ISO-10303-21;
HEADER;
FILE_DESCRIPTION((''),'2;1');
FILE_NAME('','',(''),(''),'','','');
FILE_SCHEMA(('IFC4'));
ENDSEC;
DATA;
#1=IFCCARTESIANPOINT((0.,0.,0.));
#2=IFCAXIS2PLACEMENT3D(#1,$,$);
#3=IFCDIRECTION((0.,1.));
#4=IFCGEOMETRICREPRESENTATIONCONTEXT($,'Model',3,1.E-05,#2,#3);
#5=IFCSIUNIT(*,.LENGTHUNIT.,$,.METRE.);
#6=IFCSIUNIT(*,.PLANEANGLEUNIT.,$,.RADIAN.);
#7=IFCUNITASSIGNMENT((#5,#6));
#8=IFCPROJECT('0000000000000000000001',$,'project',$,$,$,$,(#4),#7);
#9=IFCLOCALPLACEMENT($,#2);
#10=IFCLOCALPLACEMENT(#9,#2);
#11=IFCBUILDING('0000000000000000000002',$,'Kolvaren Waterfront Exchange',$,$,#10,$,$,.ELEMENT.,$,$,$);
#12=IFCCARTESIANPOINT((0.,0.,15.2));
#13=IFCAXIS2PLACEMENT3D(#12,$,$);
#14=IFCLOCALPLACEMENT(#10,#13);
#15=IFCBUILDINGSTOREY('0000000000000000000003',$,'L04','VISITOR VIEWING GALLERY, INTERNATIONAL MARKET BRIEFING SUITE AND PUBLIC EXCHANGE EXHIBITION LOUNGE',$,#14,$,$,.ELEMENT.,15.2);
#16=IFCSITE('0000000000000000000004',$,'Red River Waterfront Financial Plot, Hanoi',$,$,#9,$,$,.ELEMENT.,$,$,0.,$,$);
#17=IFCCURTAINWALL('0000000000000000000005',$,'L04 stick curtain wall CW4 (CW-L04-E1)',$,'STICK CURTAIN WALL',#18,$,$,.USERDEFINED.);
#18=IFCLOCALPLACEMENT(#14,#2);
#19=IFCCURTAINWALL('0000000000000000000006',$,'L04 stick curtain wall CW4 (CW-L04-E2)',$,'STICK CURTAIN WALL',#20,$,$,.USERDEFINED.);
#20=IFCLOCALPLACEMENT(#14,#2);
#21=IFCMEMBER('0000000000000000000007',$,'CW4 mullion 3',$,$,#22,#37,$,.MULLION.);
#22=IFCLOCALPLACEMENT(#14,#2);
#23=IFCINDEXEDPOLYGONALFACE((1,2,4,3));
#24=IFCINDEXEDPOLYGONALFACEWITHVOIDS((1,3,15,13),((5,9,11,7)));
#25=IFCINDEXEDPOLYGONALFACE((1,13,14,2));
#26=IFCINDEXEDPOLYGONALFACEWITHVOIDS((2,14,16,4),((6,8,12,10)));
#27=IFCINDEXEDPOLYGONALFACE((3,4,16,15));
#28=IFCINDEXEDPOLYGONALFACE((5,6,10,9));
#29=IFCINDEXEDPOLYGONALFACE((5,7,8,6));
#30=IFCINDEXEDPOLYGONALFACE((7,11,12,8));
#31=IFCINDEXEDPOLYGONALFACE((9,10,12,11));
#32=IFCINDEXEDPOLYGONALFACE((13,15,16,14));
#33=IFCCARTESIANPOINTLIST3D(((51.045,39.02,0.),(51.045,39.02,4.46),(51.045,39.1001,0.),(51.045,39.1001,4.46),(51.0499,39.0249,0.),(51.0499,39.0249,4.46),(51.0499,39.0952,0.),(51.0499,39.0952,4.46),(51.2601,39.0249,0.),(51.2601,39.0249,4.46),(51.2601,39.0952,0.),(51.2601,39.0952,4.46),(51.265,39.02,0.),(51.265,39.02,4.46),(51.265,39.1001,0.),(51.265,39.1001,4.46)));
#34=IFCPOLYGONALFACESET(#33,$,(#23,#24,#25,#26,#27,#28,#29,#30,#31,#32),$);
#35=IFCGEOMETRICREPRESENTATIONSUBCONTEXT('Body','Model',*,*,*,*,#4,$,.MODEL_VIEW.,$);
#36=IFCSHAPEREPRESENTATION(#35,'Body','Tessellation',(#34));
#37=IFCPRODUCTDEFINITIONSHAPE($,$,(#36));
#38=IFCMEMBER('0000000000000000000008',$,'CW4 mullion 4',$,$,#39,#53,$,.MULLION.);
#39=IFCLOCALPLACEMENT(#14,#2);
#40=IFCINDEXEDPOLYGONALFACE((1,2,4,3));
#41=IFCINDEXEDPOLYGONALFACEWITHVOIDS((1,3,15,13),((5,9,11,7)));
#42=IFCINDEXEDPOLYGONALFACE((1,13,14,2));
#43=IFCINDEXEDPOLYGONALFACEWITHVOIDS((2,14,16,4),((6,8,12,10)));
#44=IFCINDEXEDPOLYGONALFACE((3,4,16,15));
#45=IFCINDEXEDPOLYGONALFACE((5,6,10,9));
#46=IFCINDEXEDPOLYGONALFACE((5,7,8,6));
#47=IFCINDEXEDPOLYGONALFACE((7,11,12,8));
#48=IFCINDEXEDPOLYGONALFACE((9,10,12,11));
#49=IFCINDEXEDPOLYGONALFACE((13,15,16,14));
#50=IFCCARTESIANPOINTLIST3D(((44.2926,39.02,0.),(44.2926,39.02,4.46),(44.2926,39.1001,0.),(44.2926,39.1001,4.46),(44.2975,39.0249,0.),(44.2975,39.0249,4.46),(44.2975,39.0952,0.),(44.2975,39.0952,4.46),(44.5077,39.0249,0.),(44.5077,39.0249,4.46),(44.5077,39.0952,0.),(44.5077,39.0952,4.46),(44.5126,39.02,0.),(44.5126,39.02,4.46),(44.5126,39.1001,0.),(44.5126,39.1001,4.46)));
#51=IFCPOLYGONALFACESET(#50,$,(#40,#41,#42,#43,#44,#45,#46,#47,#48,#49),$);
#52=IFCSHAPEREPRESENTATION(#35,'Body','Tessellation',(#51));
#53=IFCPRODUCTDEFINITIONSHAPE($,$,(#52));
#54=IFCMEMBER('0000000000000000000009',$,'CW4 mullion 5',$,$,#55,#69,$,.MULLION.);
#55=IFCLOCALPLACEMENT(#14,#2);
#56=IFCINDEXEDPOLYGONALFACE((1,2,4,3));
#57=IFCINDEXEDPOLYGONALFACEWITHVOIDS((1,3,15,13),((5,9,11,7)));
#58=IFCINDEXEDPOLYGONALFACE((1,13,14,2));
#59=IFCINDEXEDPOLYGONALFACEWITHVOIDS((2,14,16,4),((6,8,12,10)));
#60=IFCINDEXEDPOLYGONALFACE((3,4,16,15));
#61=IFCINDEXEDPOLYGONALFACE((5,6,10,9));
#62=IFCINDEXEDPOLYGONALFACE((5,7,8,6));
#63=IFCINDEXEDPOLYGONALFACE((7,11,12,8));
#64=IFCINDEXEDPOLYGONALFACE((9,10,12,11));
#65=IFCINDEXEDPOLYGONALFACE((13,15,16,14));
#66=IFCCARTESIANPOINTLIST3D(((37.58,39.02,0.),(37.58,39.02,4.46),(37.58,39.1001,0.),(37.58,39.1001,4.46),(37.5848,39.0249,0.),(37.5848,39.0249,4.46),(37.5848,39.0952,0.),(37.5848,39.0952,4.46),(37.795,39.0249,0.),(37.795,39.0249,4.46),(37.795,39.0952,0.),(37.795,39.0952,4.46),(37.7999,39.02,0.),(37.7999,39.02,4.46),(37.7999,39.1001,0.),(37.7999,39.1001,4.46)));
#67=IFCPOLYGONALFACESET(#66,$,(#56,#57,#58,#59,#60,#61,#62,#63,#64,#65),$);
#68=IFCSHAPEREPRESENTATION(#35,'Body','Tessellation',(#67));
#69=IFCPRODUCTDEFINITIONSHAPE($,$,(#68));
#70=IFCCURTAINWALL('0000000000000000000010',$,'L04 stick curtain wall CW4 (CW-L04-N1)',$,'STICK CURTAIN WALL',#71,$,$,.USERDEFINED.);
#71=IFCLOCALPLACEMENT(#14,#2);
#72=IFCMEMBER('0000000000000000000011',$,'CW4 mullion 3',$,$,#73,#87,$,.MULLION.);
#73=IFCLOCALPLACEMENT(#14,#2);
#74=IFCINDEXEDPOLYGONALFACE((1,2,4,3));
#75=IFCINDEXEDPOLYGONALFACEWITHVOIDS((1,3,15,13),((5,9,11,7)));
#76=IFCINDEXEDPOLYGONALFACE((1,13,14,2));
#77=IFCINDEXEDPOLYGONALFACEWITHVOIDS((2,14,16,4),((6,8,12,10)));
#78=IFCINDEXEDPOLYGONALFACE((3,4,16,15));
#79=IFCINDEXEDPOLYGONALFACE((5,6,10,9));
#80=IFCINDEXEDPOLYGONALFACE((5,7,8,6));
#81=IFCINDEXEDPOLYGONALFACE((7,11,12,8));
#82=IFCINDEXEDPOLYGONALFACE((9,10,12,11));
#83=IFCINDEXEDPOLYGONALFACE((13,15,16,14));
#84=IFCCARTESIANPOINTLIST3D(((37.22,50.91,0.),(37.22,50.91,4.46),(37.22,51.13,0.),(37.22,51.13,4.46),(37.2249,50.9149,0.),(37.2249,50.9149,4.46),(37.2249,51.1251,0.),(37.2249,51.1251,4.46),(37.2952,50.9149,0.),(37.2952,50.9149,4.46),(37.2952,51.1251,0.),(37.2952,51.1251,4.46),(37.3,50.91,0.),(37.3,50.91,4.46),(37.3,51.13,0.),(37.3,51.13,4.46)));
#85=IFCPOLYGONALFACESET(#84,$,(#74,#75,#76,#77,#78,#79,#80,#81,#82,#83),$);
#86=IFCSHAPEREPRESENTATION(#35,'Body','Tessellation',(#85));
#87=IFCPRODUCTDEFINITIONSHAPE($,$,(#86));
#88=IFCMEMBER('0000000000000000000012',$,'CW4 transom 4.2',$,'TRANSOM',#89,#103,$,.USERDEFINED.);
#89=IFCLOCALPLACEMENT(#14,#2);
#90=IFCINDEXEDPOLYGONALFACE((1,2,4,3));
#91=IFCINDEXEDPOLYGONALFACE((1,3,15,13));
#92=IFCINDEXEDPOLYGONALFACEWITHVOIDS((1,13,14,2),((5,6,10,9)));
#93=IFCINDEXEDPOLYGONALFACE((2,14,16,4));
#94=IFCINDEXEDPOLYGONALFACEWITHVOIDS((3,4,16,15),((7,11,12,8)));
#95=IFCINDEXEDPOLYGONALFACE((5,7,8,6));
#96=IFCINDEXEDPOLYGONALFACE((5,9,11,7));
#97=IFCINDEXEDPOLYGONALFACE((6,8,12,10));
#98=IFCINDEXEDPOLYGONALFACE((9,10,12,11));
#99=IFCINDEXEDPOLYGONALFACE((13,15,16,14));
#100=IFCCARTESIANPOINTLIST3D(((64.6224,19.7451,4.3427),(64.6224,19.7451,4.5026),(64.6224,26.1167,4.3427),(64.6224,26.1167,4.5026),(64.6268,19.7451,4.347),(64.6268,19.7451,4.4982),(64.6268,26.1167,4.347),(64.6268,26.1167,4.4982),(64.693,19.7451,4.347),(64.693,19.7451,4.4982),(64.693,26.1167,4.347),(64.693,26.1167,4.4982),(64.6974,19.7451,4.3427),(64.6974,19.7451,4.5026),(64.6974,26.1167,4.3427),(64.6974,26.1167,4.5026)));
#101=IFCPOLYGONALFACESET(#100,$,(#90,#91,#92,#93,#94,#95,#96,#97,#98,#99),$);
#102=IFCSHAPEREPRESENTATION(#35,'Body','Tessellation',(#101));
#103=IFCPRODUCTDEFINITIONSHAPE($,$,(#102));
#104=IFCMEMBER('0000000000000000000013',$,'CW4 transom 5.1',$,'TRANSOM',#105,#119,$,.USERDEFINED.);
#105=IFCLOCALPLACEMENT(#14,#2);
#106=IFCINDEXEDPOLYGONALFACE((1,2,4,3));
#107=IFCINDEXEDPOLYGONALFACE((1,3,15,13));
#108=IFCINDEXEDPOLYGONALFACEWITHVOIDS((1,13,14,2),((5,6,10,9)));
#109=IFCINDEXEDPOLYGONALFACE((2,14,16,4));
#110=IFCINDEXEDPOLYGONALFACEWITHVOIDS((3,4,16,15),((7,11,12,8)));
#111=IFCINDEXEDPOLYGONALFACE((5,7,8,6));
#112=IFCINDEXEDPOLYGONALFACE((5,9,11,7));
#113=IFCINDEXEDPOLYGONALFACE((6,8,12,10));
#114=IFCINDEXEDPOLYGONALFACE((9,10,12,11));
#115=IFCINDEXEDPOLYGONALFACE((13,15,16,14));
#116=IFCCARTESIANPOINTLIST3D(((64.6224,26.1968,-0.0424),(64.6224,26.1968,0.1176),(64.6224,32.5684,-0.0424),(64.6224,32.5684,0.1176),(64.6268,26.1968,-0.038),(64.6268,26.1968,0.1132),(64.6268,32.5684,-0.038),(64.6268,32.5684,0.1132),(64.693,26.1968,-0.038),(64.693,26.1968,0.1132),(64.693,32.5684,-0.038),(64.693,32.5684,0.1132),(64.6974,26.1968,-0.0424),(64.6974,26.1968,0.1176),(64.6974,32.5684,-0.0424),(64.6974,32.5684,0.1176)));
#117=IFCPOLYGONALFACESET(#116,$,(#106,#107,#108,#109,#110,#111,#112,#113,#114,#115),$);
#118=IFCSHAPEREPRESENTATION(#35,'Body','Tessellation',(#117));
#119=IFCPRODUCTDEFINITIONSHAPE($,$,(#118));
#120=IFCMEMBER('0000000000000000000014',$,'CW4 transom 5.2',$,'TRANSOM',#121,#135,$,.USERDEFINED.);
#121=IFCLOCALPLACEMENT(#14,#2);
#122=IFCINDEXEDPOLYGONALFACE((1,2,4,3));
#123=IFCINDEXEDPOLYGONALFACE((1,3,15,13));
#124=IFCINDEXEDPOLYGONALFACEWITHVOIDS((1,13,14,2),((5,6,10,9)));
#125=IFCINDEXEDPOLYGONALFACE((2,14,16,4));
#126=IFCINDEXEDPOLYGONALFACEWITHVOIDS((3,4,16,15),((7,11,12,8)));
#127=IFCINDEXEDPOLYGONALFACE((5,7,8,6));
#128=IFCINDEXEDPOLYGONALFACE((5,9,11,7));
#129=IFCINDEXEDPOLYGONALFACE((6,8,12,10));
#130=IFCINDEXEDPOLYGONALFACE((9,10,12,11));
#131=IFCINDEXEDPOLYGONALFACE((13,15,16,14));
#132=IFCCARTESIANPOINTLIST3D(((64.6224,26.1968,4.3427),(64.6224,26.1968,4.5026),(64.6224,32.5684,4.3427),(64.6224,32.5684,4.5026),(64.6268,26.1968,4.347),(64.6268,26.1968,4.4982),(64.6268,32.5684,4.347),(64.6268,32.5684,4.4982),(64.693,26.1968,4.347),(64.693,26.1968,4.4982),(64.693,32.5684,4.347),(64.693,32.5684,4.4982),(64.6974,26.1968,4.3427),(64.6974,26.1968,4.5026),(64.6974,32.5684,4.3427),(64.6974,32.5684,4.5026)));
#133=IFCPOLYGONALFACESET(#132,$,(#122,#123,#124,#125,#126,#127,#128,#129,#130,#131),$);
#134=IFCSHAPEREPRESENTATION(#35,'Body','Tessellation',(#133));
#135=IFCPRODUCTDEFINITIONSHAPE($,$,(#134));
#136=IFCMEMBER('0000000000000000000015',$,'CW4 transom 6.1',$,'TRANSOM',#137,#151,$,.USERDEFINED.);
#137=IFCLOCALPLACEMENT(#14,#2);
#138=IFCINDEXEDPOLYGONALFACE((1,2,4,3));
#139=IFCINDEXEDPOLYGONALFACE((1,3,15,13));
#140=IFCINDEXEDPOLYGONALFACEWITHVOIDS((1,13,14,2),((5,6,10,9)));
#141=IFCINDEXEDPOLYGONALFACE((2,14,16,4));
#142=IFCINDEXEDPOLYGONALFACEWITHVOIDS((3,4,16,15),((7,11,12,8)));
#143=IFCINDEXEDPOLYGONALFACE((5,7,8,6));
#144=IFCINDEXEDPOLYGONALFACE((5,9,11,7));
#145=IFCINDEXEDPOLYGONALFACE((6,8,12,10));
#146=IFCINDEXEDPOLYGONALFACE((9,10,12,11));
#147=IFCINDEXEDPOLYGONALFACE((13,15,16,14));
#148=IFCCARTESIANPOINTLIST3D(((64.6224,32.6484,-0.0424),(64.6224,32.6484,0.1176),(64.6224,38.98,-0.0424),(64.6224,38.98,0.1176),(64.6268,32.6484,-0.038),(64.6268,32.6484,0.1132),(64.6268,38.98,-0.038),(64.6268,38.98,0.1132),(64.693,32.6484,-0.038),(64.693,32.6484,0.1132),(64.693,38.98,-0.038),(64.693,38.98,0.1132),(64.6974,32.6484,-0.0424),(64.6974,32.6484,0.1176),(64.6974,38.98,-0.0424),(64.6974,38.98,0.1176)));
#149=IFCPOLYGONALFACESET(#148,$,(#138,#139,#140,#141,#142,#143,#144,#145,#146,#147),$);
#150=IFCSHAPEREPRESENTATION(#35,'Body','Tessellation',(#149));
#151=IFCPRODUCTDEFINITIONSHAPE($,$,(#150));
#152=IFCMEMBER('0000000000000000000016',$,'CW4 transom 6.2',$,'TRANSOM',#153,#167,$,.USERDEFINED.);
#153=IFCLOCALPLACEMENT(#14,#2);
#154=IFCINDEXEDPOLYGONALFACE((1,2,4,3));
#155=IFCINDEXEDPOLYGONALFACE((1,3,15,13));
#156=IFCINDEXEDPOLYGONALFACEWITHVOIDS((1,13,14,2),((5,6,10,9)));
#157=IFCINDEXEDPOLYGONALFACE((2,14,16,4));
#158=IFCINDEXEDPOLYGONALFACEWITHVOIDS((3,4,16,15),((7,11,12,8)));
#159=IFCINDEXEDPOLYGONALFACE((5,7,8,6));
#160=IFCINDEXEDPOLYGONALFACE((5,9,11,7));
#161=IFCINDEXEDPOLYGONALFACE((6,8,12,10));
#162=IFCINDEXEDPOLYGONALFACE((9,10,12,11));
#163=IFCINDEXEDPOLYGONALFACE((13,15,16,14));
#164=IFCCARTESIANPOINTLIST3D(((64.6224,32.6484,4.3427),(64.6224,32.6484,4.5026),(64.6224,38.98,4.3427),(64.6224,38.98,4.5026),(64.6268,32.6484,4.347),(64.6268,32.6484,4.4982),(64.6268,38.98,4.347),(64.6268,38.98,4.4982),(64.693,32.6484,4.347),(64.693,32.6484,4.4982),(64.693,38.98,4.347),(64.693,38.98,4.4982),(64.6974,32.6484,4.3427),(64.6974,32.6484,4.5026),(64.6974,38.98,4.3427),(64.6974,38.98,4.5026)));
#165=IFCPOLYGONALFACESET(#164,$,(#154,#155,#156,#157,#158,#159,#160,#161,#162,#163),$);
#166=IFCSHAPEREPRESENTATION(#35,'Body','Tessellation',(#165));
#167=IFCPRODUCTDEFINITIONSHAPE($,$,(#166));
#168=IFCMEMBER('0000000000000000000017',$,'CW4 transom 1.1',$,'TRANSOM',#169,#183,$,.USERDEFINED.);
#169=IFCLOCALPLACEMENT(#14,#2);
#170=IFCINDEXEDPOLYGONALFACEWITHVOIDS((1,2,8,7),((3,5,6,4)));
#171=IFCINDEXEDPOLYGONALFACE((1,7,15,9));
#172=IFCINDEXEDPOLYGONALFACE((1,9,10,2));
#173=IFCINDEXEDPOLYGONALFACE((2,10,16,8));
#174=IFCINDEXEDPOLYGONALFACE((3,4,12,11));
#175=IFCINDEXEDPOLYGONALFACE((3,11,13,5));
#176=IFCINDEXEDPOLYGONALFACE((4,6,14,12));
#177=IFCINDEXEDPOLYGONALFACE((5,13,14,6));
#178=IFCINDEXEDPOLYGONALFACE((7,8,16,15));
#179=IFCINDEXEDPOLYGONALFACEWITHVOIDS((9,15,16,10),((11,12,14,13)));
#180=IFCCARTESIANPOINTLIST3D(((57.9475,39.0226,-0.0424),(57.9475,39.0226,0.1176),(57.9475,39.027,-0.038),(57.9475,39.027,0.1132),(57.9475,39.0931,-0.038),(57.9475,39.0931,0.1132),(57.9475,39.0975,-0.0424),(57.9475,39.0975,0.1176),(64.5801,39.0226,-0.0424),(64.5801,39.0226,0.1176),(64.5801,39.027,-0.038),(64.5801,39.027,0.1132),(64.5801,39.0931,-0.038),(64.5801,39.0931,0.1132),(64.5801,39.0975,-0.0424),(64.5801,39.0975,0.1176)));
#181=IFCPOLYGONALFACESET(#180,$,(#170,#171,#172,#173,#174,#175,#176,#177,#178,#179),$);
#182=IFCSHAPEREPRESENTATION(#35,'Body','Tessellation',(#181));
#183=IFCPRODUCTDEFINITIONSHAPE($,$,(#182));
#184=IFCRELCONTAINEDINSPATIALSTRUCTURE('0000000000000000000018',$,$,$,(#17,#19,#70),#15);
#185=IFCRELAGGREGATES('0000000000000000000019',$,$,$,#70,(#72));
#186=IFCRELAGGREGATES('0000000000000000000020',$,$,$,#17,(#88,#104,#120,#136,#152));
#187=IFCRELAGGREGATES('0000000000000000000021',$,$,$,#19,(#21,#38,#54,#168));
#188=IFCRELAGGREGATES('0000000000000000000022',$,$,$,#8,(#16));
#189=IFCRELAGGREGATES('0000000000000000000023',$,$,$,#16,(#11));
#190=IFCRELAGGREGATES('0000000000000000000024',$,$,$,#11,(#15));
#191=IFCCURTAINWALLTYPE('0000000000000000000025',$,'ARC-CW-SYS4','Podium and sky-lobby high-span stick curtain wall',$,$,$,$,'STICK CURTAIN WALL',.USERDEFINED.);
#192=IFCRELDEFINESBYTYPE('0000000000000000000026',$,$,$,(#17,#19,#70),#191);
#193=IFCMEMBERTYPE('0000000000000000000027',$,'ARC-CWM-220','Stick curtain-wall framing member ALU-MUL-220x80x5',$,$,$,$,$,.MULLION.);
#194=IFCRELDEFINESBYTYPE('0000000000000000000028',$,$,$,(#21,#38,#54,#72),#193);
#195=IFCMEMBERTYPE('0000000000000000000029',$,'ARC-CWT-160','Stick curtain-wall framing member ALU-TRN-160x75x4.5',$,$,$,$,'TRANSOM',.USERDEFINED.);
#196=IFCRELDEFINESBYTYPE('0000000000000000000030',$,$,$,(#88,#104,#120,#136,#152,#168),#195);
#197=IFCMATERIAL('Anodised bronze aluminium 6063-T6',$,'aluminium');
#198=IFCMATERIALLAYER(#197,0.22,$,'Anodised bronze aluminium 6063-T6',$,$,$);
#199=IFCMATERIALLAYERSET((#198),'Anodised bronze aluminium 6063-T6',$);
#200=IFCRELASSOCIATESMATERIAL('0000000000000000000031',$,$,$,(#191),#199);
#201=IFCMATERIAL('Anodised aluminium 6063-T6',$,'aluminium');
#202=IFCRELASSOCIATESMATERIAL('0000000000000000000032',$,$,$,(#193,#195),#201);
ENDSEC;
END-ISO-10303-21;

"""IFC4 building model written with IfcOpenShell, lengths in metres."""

from ifc_helpers import new_model, si_unit, direction, frame, origin, origin_with_axes, origin_2d, place, context, subcontext, project, spatial, hollow_rectangle, extrude, source, transform, mapped, material, layer, layer_set, material_profile, profile_set, type_object, element, aggregate, save


model = new_model("IFC4")

# Units and contexts
model_context = context("Model", 3, precision=1e-05, world=origin(), true_north=direction((0.0, 1.0)))
body_context = subcontext(model_context, "Body", "Model", "MODEL_VIEW")
ifc_project = project(units=[si_unit("LENGTHUNIT", "METRE"), si_unit("PLANEANGLEUNIT", "RADIAN")], contexts=[model_context])

# Site, building, storey
site_placement = place(None, origin())
site = spatial("IfcSite", under=ifc_project, at=site_placement, Name="Red River Waterfront Financial Plot, Hanoi", CompositionType="ELEMENT", RefElevation=0.0)
building_placement = place(site_placement, origin())
building = spatial("IfcBuilding", under=site, at=building_placement, Name="Kolvaren Waterfront Exchange", CompositionType="ELEMENT")
storey_placement = place(building_placement, frame((0.0, 0.0, 15.2)))
storey = spatial("IfcBuildingStorey", under=building, at=storey_placement, Name="L04", Description="VISITOR VIEWING GALLERY, INTERNATIONAL MARKET BRIEFING SUITE AND PUBLIC EXCHANGE EXHIBITION LOUNGE", CompositionType="ELEMENT", Elevation=15.2)

# Curtain walls, members
ifc_material_1 = material(Name="Anodised bronze aluminium 6063-T6", Category="aluminium")
ifc_layer_1 = layer(ifc_material_1, 0.22, Name="Anodised bronze aluminium 6063-T6")
ifc_layer_set_1 = layer_set([ifc_layer_1], Name="Anodised bronze aluminium 6063-T6")
curtain_wall_type = type_object("IfcCurtainWallType", Name="ARC-CW-SYS4", Description="Podium and sky-lobby high-span stick curtain wall", ElementType="STICK CURTAIN WALL", PredefinedType="USERDEFINED", material=ifc_layer_set_1)
curtain_wall_1_placement = place(storey_placement, origin())
curtain_wall_1 = element("IfcCurtainWall", 1, at=curtain_wall_1_placement, inside=storey, type_object=curtain_wall_type, Name="L04 stick curtain wall CW4 (CW-L04-E1)", ObjectType="STICK CURTAIN WALL", PredefinedType="USERDEFINED")
ifc_material_2 = material(Name="Anodised aluminium 6063-T6", Category="aluminium")
ifc_material_profile_1 = material_profile(ifc_material_2, hollow_rectangle(XDim=0.0801, YDim=0.22, WallThickness=0.0049, at=origin_2d()), Name="ALU-MUL-220x80x5")
ifc_profile_set_1 = profile_set([ifc_material_profile_1], Name="Anodised aluminium 6063-T6")
member_type_1 = type_object("IfcMemberType", Name="ARC-CWM-220", Description="Stick curtain-wall framing member ALU-MUL-220x80x5", PredefinedType="MULLION", material=ifc_profile_set_1)
shared_shape_1 = source(origin_with_axes(), body_context, "Body", "SweptSolid", [
    extrude(hollow_rectangle(XDim=0.0801, YDim=0.22, WallThickness=0.0049, at=origin_2d()), origin(), (0.0, 0.0, 1.0), 4.46),
])
curtain_wall_2_placement = place(storey_placement, origin())
curtain_wall_2 = element("IfcCurtainWall", 2, at=curtain_wall_2_placement, inside=storey, type_object=curtain_wall_type, Name="L04 stick curtain wall CW4 (CW-L04-E2)", ObjectType="STICK CURTAIN WALL", PredefinedType="USERDEFINED")
member_1_placement = place(storey_placement, frame((51.155, 39.0601, 0.0), z_axis=(0.0, 0.0, 1.0), x_axis=(0.0, -1.0, 0.0)))
member_1 = element("IfcMember", 3, at=member_1_placement, type_object=member_type_1, Name="CW4 mullion 3", PredefinedType="MULLION", context=body_context, shape_type="MappedRepresentation", body=[
    mapped(shared_shape_1, transform((0.0, 0.0, 0.0), x_axis=(1.0, 0.0, 0.0), y_axis=(0.0, 1.0, 0.0), z_axis=(0.0, 0.0, 1.0), scale=1.0)),
])
member_2_placement = place(storey_placement, frame((44.4026, 39.0601, 0.0), z_axis=(0.0, 0.0, 1.0), x_axis=(0.0, -1.0, 0.0)))
member_2 = element("IfcMember", 4, at=member_2_placement, type_object=member_type_1, Name="CW4 mullion 4", PredefinedType="MULLION", context=body_context, shape_type="MappedRepresentation", body=[
    mapped(shared_shape_1, transform((0.0, 0.0, 0.0), x_axis=(1.0, 0.0, 0.0), y_axis=(0.0, 1.0, 0.0), z_axis=(0.0, 0.0, 1.0), scale=1.0)),
])
member_3_placement = place(storey_placement, frame((37.6899, 39.0601, 0.0), z_axis=(0.0, 0.0, 1.0), x_axis=(0.0, -1.0, 0.0)))
member_3 = element("IfcMember", 5, at=member_3_placement, type_object=member_type_1, Name="CW4 mullion 5", PredefinedType="MULLION", context=body_context, shape_type="MappedRepresentation", body=[
    mapped(shared_shape_1, transform((0.0, 0.0, 0.0), x_axis=(1.0, 0.0, 0.0), y_axis=(0.0, 1.0, 0.0), z_axis=(0.0, 0.0, 1.0), scale=1.0)),
])

# Curtain wall, member
curtain_wall_3_placement = place(storey_placement, origin())
curtain_wall_3 = element("IfcCurtainWall", 6, at=curtain_wall_3_placement, inside=storey, type_object=curtain_wall_type, Name="L04 stick curtain wall CW4 (CW-L04-N1)", ObjectType="STICK CURTAIN WALL", PredefinedType="USERDEFINED")
member_4_placement = place(storey_placement, frame((37.26, 51.02, 0.0), z_axis=(0.0, 0.0, 1.0), x_axis=(-1.0, 0.0, 0.0)))
member_4 = element("IfcMember", 7, at=member_4_placement, type_object=member_type_1, Name="CW4 mullion 3", PredefinedType="MULLION", context=body_context, shape_type="MappedRepresentation", body=[
    mapped(shared_shape_1, transform((0.0, 0.0, 0.0), x_axis=(1.0, 0.0, 0.0), y_axis=(0.0, 1.0, 0.0), z_axis=(0.0, 0.0, 1.0), scale=1.0)),
])
aggregate(curtain_wall_3, [member_4])

# Members
ifc_material_profile_2 = material_profile(ifc_material_2, hollow_rectangle(XDim=0.075, YDim=0.1599, WallThickness=0.0044, at=origin_2d()), Name="ALU-TRN-160x75x4.5")
ifc_profile_set_2 = profile_set([ifc_material_profile_2], Name="Anodised aluminium 6063-T6")
member_type_2 = type_object("IfcMemberType", Name="ARC-CWT-160", Description="Stick curtain-wall framing member ALU-TRN-160x75x4.5", ElementType="TRANSOM", PredefinedType="USERDEFINED", material=ifc_profile_set_2)
shared_shape_2 = source(origin_with_axes(), body_context, "Body", "SweptSolid", [
    extrude(hollow_rectangle(XDim=0.075, YDim=0.1599, WallThickness=0.0044, at=origin_2d()), origin(), (0.0, 0.0, 1.0), 6.3716),
])
member_5_placement = place(storey_placement, frame((64.6599, 19.7451, 4.4226), z_axis=(0.0, 1.0, 0.0), x_axis=(-1.0, 0.0, 0.0)))
member_5 = element("IfcMember", 8, at=member_5_placement, type_object=member_type_2, Name="CW4 transom 4.2", ObjectType="TRANSOM", PredefinedType="USERDEFINED", context=body_context, shape_type="MappedRepresentation", body=[
    mapped(shared_shape_2, transform((0.0, 0.0, 0.0), x_axis=(1.0, 0.0, 0.0), y_axis=(0.0, 1.0, 0.0), z_axis=(0.0, 0.0, 1.0), scale=1.0)),
])
member_6_placement = place(storey_placement, frame((64.6599, 26.1968, 0.0376), z_axis=(0.0, 1.0, 0.0), x_axis=(-1.0, 0.0, 0.0)))
member_6 = element("IfcMember", 9, at=member_6_placement, type_object=member_type_2, Name="CW4 transom 5.1", ObjectType="TRANSOM", PredefinedType="USERDEFINED", context=body_context, shape_type="MappedRepresentation", body=[
    mapped(shared_shape_2, transform((0.0, 0.0, 0.0), x_axis=(1.0, 0.0, 0.0), y_axis=(0.0, 1.0, 0.0), z_axis=(0.0, 0.0, 1.0), scale=1.0)),
])
member_7_placement = place(storey_placement, frame((64.6599, 26.1968, 4.4226), z_axis=(0.0, 1.0, 0.0), x_axis=(-1.0, 0.0, 0.0)))
member_7 = element("IfcMember", 10, at=member_7_placement, type_object=member_type_2, Name="CW4 transom 5.2", ObjectType="TRANSOM", PredefinedType="USERDEFINED", context=body_context, shape_type="MappedRepresentation", body=[
    mapped(shared_shape_2, transform((0.0, 0.0, 0.0), x_axis=(1.0, 0.0, 0.0), y_axis=(0.0, 1.0, 0.0), z_axis=(0.0, 0.0, 1.0), scale=1.0)),
])
shared_shape_3 = source(origin_with_axes(), body_context, "Body", "SweptSolid", [
    extrude(hollow_rectangle(XDim=0.075, YDim=0.1599, WallThickness=0.0044, at=origin_2d()), origin(), (0.0, 0.0, 1.0), 6.3315),
])
member_8_placement = place(storey_placement, frame((64.6599, 32.6484, 0.0376), z_axis=(0.0, 1.0, 0.0), x_axis=(-1.0, 0.0, 0.0)))
member_8 = element("IfcMember", 11, at=member_8_placement, type_object=member_type_2, Name="CW4 transom 6.1", ObjectType="TRANSOM", PredefinedType="USERDEFINED", context=body_context, shape_type="MappedRepresentation", body=[
    mapped(shared_shape_3, transform((0.0, 0.0, 0.0), x_axis=(1.0, 0.0, 0.0), y_axis=(0.0, 1.0, 0.0), z_axis=(0.0, 0.0, 1.0), scale=1.0)),
])
member_9_placement = place(storey_placement, frame((64.6599, 32.6484, 4.4226), z_axis=(0.0, 1.0, 0.0), x_axis=(-1.0, 0.0, 0.0)))
member_9 = element("IfcMember", 12, at=member_9_placement, type_object=member_type_2, Name="CW4 transom 6.2", ObjectType="TRANSOM", PredefinedType="USERDEFINED", context=body_context, shape_type="MappedRepresentation", body=[
    mapped(shared_shape_3, transform((0.0, 0.0, 0.0), x_axis=(1.0, 0.0, 0.0), y_axis=(0.0, 1.0, 0.0), z_axis=(0.0, 0.0, 1.0), scale=1.0)),
])
shared_shape_4 = source(origin_with_axes(), body_context, "Body", "SweptSolid", [
    extrude(hollow_rectangle(XDim=0.075, YDim=0.1599, WallThickness=0.0044, at=origin_2d()), origin(), (0.0, 0.0, 1.0), 6.6326),
])
member_10_placement = place(storey_placement, frame((64.5801, 39.0601, 0.0376), z_axis=(-1.0, 0.0, 0.0), x_axis=(0.0, -1.0, 0.0)))
member_10 = element("IfcMember", 13, at=member_10_placement, type_object=member_type_2, Name="CW4 transom 1.1", ObjectType="TRANSOM", PredefinedType="USERDEFINED", context=body_context, shape_type="MappedRepresentation", body=[
    mapped(shared_shape_4, transform((0.0, 0.0, 0.0), x_axis=(1.0, 0.0, 0.0), y_axis=(0.0, 1.0, 0.0), z_axis=(0.0, 0.0, 1.0), scale=1.0)),
])

aggregate(curtain_wall_1, [member_5, member_6, member_7, member_8, member_9])
aggregate(curtain_wall_2, [member_1, member_2, member_3, member_10])

save(model, "model.ifc")
